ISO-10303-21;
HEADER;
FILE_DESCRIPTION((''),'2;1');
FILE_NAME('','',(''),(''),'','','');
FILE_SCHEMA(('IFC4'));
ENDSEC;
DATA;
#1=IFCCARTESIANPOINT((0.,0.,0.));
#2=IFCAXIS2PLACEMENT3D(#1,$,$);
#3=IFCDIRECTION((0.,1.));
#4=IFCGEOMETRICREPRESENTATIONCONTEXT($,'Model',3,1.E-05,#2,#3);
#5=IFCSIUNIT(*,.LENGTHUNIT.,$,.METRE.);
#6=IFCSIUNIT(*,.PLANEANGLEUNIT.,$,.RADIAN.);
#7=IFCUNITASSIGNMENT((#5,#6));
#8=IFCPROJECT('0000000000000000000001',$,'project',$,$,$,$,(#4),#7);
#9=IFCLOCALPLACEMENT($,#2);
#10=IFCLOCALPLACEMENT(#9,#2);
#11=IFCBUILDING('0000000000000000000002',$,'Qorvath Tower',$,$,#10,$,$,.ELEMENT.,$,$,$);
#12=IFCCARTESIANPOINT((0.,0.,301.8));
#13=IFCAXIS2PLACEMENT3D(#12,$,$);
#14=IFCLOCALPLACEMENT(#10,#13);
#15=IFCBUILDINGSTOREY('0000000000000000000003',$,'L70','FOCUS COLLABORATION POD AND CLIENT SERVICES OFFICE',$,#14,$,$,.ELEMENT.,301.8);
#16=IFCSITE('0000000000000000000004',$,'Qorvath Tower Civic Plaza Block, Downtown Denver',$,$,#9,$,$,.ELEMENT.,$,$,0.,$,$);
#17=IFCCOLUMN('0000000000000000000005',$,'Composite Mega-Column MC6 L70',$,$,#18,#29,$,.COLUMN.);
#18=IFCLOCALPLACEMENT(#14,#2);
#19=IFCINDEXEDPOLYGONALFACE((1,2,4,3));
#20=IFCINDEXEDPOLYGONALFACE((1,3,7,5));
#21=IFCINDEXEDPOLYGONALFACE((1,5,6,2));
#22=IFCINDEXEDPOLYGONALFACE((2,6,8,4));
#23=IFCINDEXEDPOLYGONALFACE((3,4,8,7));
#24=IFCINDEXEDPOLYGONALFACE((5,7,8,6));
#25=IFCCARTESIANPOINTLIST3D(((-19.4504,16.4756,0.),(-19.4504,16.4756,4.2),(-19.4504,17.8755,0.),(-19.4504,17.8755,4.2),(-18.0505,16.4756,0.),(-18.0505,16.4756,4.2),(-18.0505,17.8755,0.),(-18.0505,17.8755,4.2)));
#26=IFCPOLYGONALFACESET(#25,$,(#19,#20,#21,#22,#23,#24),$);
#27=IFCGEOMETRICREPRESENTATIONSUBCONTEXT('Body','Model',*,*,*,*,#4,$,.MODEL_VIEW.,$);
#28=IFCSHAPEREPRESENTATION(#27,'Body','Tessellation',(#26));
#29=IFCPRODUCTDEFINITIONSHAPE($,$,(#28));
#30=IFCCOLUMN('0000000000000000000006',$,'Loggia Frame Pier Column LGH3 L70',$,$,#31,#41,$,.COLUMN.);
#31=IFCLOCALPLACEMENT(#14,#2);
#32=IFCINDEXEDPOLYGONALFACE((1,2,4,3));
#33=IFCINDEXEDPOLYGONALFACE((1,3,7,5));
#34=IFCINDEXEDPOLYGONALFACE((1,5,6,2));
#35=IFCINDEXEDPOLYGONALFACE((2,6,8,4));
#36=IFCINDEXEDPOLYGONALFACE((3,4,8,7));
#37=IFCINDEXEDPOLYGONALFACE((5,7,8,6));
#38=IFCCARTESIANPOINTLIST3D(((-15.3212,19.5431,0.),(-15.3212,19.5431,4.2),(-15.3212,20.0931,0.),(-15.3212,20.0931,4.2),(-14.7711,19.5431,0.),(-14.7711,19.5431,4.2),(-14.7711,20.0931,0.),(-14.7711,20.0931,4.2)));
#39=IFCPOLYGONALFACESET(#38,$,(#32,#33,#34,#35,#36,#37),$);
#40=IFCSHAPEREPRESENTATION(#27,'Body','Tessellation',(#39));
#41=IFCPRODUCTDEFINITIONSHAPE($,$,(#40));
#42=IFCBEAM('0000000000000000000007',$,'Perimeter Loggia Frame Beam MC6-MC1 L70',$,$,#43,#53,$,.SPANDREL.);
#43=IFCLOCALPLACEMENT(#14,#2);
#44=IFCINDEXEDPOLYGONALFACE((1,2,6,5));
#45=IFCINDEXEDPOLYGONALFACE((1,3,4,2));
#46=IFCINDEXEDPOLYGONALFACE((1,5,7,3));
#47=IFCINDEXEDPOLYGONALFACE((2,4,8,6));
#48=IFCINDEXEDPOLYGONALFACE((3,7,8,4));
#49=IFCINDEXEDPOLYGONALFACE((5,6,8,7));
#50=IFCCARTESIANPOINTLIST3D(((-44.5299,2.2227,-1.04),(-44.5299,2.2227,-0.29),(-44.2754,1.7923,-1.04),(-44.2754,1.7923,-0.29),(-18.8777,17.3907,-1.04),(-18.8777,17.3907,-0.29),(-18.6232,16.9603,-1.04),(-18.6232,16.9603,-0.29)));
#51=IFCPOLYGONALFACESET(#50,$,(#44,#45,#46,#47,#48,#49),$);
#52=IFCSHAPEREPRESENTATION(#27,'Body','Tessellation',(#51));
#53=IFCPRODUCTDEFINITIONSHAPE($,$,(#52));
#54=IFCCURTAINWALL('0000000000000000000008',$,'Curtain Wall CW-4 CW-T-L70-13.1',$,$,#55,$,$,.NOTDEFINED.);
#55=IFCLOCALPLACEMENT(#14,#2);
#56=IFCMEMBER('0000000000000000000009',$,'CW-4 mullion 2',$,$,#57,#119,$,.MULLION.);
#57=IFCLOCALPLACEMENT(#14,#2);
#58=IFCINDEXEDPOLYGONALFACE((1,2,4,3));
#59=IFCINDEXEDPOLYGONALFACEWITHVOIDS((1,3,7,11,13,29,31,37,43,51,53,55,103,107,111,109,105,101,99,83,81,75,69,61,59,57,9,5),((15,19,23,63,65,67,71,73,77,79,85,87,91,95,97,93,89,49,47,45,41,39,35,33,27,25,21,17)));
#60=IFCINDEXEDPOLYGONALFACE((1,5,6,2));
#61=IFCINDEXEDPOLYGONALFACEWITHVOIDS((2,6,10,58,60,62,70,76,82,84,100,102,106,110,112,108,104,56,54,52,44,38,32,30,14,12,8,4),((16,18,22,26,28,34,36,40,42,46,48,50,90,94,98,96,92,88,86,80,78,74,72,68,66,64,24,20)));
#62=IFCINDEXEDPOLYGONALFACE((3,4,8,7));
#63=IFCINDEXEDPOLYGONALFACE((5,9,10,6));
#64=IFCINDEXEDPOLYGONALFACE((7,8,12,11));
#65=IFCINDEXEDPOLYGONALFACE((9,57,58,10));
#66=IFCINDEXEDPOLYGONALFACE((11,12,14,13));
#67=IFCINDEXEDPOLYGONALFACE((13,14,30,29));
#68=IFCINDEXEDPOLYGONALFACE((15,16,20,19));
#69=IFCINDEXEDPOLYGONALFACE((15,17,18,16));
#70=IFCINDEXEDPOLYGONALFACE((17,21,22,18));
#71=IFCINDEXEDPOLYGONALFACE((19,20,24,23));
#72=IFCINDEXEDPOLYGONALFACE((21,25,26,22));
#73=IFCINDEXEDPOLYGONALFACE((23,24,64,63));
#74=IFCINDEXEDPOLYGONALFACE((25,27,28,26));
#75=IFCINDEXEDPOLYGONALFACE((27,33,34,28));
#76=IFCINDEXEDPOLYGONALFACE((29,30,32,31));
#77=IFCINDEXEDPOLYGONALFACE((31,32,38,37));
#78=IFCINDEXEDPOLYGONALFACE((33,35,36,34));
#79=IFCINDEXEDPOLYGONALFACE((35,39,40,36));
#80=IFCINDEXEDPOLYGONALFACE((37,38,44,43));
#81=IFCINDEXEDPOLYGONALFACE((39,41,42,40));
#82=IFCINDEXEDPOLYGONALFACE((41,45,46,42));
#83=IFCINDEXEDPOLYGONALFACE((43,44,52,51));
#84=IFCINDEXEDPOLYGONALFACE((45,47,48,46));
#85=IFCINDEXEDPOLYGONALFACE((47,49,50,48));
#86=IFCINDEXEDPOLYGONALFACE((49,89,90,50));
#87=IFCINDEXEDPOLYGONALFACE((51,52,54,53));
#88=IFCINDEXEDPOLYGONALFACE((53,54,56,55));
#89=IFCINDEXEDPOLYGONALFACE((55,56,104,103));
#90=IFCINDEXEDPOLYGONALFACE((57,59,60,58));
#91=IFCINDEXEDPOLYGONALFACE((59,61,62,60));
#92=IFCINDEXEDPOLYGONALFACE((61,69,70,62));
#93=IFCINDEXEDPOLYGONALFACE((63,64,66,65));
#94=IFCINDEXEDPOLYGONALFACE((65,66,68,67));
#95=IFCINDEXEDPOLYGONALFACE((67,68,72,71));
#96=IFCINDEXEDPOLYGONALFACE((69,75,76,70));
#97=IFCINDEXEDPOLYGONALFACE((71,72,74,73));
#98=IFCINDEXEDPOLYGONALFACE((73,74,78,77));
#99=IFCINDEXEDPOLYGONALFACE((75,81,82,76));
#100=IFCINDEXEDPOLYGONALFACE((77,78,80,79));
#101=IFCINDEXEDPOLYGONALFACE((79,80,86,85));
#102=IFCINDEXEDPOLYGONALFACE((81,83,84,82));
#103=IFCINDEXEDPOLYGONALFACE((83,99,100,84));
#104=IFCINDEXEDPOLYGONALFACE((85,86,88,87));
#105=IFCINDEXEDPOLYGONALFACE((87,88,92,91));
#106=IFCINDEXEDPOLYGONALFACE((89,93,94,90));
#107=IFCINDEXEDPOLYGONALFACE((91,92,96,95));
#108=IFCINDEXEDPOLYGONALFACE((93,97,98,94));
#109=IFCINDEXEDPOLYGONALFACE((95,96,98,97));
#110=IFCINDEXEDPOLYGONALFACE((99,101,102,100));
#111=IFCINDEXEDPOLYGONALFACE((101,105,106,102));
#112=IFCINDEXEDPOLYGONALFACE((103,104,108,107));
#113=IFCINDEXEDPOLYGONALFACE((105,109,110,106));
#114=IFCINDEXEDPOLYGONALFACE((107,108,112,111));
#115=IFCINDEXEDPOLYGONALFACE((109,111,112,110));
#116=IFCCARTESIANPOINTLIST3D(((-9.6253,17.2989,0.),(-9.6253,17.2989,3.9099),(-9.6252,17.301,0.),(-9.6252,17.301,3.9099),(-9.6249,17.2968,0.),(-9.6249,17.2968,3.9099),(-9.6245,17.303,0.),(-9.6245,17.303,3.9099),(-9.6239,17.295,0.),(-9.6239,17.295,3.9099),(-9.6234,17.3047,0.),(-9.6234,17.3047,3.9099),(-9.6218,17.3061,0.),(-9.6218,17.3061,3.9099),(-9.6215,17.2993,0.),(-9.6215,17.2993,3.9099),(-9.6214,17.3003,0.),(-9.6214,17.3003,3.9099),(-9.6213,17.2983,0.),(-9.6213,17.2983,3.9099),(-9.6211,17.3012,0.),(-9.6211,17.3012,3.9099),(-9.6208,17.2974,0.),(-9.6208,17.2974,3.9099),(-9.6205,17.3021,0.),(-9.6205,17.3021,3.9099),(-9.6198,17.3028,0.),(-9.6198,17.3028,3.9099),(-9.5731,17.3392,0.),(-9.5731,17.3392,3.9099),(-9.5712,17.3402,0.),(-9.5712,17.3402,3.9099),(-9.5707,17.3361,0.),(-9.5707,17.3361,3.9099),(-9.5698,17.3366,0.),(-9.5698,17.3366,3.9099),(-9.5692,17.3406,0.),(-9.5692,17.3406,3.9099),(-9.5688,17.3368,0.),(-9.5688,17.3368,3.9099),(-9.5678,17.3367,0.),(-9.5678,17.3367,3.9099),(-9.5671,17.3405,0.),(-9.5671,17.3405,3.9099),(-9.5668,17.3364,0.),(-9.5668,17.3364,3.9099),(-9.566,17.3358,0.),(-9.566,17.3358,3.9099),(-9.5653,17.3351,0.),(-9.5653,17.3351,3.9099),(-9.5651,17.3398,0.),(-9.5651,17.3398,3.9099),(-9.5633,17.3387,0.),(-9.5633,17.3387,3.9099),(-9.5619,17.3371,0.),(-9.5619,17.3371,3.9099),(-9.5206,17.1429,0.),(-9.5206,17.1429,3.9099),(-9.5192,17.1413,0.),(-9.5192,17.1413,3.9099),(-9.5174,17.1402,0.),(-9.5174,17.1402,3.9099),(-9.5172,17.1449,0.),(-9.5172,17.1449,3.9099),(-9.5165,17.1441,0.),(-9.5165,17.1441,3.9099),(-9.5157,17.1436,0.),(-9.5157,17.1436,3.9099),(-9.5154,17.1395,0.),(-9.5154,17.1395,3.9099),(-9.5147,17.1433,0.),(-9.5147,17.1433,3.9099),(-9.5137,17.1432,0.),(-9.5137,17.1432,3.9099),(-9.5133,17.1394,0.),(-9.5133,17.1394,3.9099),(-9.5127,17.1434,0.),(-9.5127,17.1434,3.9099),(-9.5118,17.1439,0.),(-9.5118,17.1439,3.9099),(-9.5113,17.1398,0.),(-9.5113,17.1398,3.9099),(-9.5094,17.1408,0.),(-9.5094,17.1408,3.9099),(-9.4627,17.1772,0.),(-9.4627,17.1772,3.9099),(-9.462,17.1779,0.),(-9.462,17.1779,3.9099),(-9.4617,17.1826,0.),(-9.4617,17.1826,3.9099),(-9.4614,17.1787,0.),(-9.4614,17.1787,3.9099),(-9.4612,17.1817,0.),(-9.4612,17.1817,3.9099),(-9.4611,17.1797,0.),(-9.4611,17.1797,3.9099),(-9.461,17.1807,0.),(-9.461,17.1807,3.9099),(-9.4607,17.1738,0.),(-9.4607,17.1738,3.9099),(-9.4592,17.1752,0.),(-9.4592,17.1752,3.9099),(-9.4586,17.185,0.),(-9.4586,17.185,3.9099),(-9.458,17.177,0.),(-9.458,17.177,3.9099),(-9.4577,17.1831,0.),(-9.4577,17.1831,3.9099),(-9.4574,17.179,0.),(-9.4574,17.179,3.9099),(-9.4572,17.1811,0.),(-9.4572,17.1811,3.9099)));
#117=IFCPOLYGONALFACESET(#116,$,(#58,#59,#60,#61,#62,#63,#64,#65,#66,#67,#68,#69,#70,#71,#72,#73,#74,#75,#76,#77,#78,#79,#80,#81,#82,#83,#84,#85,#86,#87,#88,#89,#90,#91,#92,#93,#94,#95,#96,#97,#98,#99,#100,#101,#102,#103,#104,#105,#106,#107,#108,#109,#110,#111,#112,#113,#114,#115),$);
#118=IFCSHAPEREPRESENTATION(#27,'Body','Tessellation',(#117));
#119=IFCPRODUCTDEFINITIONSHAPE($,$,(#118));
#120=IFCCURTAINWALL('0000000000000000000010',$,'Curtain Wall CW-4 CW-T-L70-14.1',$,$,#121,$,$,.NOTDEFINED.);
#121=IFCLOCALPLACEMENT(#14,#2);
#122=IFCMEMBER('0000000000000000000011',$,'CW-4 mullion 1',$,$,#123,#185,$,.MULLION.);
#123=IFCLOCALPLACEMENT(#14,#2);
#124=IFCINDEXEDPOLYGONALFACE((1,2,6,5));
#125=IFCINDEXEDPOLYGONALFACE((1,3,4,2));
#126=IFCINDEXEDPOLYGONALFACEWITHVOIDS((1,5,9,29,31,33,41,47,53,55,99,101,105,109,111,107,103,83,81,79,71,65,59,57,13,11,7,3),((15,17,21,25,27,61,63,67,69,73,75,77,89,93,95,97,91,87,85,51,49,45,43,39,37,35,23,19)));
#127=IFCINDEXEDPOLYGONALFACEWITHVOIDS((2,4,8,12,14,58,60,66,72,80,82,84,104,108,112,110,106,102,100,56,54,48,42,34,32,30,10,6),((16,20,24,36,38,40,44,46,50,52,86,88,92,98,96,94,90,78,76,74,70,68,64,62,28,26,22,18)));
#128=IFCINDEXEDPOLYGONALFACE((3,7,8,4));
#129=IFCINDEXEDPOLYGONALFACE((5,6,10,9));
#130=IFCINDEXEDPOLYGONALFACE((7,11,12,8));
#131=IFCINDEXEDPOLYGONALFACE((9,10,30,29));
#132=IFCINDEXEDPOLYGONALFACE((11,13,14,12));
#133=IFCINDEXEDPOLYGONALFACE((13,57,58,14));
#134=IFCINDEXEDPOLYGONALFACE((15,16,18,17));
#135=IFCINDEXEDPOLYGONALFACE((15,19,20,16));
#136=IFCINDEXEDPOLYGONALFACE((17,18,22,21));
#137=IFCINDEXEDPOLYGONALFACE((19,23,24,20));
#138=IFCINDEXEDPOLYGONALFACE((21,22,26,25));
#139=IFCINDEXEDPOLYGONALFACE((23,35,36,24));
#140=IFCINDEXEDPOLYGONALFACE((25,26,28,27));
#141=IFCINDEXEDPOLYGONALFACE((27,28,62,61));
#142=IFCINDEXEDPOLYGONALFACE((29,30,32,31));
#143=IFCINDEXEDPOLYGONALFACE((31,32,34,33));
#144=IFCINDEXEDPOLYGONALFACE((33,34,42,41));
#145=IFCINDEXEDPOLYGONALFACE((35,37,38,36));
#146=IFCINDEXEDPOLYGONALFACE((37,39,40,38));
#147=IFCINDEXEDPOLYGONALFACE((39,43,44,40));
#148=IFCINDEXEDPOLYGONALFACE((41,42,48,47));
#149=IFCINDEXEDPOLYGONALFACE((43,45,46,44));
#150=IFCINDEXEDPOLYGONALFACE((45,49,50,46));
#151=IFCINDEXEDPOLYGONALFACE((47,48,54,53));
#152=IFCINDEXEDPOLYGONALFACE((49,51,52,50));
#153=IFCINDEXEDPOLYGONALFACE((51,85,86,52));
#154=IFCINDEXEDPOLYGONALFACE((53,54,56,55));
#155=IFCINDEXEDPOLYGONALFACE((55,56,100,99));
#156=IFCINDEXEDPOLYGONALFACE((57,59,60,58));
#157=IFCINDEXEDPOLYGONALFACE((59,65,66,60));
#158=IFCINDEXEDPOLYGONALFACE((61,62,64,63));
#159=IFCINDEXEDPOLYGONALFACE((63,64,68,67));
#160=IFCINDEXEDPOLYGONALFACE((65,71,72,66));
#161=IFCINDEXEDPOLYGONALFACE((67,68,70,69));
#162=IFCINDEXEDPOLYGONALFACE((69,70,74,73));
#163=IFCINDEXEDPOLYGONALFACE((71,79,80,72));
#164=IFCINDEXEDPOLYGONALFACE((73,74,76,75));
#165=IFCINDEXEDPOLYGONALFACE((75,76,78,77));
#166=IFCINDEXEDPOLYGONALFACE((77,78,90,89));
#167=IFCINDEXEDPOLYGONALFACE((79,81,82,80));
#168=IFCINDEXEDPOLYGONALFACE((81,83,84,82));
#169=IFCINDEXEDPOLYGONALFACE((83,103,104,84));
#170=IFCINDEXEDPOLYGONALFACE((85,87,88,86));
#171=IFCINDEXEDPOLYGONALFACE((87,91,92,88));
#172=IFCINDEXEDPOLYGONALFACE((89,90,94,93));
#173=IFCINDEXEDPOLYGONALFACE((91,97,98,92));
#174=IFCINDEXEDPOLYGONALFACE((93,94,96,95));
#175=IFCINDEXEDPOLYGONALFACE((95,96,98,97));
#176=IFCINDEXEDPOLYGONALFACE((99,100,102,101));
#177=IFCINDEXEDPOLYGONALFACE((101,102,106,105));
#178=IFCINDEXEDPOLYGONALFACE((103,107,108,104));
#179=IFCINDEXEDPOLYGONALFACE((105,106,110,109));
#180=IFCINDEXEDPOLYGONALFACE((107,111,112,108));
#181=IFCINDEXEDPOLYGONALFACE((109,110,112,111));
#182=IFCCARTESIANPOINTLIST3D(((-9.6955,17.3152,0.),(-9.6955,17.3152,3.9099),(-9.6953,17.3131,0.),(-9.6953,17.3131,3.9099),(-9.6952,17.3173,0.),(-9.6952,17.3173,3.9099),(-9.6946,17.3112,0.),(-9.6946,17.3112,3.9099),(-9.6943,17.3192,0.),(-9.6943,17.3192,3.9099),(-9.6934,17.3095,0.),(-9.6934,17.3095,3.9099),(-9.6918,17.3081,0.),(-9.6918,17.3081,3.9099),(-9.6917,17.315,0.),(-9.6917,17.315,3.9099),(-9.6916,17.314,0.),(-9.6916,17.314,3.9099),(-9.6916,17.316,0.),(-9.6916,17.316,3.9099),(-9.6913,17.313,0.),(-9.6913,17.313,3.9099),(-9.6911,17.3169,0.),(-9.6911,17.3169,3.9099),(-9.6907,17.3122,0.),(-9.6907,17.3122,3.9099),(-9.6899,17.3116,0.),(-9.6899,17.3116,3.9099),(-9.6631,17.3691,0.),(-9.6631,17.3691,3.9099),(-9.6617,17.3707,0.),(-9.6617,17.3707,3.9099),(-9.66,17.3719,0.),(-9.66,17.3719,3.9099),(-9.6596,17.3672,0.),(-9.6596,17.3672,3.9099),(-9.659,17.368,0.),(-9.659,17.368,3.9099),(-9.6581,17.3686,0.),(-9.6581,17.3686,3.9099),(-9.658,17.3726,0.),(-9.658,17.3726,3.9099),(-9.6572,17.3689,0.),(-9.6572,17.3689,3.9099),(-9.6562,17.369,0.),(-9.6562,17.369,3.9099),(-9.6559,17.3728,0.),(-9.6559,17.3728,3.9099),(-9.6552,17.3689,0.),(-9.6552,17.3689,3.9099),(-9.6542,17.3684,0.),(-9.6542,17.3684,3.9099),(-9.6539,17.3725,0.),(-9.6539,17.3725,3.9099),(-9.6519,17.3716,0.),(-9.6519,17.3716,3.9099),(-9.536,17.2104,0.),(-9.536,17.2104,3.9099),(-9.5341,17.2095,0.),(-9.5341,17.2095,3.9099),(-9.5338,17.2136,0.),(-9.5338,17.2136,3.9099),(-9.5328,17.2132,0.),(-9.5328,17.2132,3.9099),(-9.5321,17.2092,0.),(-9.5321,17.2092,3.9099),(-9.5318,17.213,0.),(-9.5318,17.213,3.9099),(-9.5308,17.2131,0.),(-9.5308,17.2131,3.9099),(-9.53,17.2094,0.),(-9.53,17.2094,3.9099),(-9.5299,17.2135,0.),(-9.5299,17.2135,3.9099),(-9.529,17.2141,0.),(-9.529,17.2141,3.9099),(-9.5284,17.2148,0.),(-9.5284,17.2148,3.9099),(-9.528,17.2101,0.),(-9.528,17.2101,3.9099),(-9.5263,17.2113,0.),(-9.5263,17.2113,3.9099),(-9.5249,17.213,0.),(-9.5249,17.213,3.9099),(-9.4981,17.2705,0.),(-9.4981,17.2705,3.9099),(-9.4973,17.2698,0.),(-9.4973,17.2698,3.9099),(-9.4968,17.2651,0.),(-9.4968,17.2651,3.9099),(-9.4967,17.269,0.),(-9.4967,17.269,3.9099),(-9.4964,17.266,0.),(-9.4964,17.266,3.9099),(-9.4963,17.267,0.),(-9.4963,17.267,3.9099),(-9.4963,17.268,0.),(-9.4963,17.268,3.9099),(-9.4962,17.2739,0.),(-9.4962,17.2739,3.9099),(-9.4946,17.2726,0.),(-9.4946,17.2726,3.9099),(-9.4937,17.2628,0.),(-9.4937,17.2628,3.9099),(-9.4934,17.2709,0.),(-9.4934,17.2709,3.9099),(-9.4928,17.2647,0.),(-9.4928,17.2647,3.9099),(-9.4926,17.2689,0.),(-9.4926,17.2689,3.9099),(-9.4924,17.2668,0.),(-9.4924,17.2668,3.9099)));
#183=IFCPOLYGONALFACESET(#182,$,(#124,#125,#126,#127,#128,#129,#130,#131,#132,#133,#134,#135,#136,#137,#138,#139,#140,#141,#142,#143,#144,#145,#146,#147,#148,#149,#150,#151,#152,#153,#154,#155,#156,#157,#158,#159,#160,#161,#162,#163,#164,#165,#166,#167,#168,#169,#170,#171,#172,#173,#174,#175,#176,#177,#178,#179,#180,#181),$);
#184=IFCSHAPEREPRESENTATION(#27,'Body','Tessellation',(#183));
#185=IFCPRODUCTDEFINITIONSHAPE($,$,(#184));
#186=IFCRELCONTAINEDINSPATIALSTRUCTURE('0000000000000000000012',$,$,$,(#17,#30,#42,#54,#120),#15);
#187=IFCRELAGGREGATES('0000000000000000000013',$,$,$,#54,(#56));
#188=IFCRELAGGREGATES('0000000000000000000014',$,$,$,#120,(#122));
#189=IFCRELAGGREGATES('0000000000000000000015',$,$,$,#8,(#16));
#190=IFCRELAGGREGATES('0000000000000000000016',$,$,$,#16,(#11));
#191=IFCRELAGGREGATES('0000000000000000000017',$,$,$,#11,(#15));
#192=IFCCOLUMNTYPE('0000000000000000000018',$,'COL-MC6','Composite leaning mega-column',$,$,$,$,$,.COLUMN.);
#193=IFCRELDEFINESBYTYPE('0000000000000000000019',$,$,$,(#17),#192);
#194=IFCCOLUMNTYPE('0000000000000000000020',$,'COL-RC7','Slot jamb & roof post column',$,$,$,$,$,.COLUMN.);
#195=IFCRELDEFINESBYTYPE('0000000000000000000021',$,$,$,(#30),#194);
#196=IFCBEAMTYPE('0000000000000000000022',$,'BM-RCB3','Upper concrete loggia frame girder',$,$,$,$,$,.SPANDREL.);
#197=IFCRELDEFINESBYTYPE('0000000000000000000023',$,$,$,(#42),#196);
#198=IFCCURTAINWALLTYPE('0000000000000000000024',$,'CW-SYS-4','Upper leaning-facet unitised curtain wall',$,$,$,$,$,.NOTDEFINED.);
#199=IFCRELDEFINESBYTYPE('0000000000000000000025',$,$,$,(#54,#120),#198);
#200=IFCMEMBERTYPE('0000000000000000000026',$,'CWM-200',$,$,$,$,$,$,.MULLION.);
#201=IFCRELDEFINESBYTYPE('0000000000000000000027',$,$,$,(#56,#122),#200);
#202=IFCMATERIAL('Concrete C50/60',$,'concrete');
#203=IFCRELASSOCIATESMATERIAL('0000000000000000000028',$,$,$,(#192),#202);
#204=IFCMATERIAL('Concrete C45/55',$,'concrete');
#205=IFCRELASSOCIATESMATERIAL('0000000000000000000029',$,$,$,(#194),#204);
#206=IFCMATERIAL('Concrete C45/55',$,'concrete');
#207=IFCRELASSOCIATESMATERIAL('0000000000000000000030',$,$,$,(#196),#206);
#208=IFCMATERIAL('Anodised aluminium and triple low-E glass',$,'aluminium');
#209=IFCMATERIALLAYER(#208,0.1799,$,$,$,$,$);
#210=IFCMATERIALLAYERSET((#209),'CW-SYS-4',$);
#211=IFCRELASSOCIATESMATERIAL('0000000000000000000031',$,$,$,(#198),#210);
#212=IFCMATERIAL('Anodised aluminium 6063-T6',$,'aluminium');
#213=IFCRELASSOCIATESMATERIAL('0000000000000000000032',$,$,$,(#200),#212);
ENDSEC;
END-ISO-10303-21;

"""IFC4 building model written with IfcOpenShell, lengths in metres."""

from ifc_helpers import new_model, si_unit, direction, frame, origin, origin_2d, place, context, subcontext, project, spatial, rectangle, hollow_rectangle, extrude, material, layer, layer_set, material_profile, profile_set, type_object, element, aggregate, save


model = new_model("IFC4")

# Units and contexts
model_context = context("Model", 3, precision=1e-05, world=origin(), true_north=direction((0.0, 1.0)))
body_context = subcontext(model_context, "Body", "Model", "MODEL_VIEW")
ifc_project = project(units=[si_unit("LENGTHUNIT", "METRE"), si_unit("PLANEANGLEUNIT", "RADIAN")], contexts=[model_context])

# Site, building, storey
site_placement = place(None, origin())
site = spatial("IfcSite", under=ifc_project, at=site_placement, Name="Qorvath Tower Civic Plaza Block, Downtown Denver", CompositionType="ELEMENT", RefElevation=0.0)
building_placement = place(site_placement, origin())
building = spatial("IfcBuilding", under=site, at=building_placement, Name="Qorvath Tower", CompositionType="ELEMENT")
storey_placement = place(building_placement, frame((0.0, 0.0, 301.8)))
storey = spatial("IfcBuildingStorey", under=building, at=storey_placement, Name="L70", Description="FOCUS COLLABORATION POD AND CLIENT SERVICES OFFICE", CompositionType="ELEMENT", Elevation=301.8)

# Columns
ifc_material_1 = material(Name="Concrete C50/60", Category="concrete")
ifc_material_profile_1 = material_profile(ifc_material_1, rectangle(XDim=1.3999, YDim=1.3999, at=origin_2d()), Name="MC 1400x1400")
ifc_profile_set_1 = profile_set([ifc_material_profile_1], Name="Concrete C50/60")
column_type_1 = type_object("IfcColumnType", Name="COL-MC6", Description="Composite leaning mega-column", PredefinedType="COLUMN", material=ifc_profile_set_1)
column_1_placement = place(storey_placement, frame((-18.7505, 17.1755, 0.0), z_axis=(0.0, 0.0, 1.0), x_axis=(1.0, 0.0, 0.0)))
element("IfcColumn", 1, at=column_1_placement, inside=storey, type_object=column_type_1, Name="Composite Mega-Column MC6 L70", PredefinedType="COLUMN", context=body_context, shape_type="SweptSolid", body=[
    extrude(rectangle(XDim=1.3999, YDim=1.3999, at=origin_2d()), origin(), (0.0, 0.0, 1.0), 4.2),
])
ifc_material_2 = material(Name="Concrete C45/55", Category="concrete")
ifc_material_profile_2 = material_profile(ifc_material_2, rectangle(XDim=0.55, YDim=0.55, at=origin_2d()), Name="RC 550x550")
ifc_profile_set_2 = profile_set([ifc_material_profile_2], Name="Concrete C45/55")
column_type_2 = type_object("IfcColumnType", Name="COL-RC7", Description="Slot jamb & roof post column", PredefinedType="COLUMN", material=ifc_profile_set_2)
column_2_placement = place(storey_placement, frame((-15.0461, 19.8181, 0.0), z_axis=(0.0, 0.0, 1.0), x_axis=(1.0, 0.0, 0.0)))
element("IfcColumn", 2, at=column_2_placement, inside=storey, type_object=column_type_2, Name="Loggia Frame Pier Column LGH3 L70", PredefinedType="COLUMN", context=body_context, shape_type="SweptSolid", body=[
    extrude(rectangle(XDim=0.55, YDim=0.55, at=origin_2d()), origin(), (0.0, 0.0, 1.0), 4.2),
])

# Beam
ifc_material_3 = material(Name="Concrete C45/55", Category="concrete")
ifc_material_profile_3 = material_profile(ifc_material_3, rectangle(XDim=0.5, YDim=0.75, at=origin_2d()), Name="RCB 750x500")
ifc_profile_set_3 = profile_set([ifc_material_profile_3], Name="Concrete C45/55")
beam_type = type_object("IfcBeamType", Name="BM-RCB3", Description="Upper concrete loggia frame girder", PredefinedType="SPANDREL", material=ifc_profile_set_3)
beam_placement = place(storey_placement, frame((-18.7505, 17.1755, -0.665), z_axis=(-0.860781, -0.508976, 0.0), x_axis=(0.508976, -0.860781, 0.0)))
element("IfcBeam", 3, at=beam_placement, inside=storey, type_object=beam_type, Name="Perimeter Loggia Frame Beam MC6-MC1 L70", PredefinedType="SPANDREL", context=body_context, shape_type="SweptSolid", body=[
    extrude(rectangle(XDim=0.5, YDim=0.75, at=origin_2d()), origin(), (0.0, 0.0, 1.0), 29.801),
])

# Curtain wall, member
ifc_material_4 = material(Name="Anodised aluminium and triple low-E glass", Category="aluminium")
ifc_layer_1 = layer(ifc_material_4, 0.1799)
ifc_layer_set_1 = layer_set([ifc_layer_1], Name="CW-SYS-4")
curtain_wall_type = type_object("IfcCurtainWallType", Name="CW-SYS-4", Description="Upper leaning-facet unitised curtain wall", PredefinedType="NOTDEFINED", material=ifc_layer_set_1)
curtain_wall_1_placement = place(storey_placement, origin())
curtain_wall_1 = element("IfcCurtainWall", 4, at=curtain_wall_1_placement, inside=storey, type_object=curtain_wall_type, Name="Curtain Wall CW-4 CW-T-L70-13.1", PredefinedType="NOTDEFINED")
ifc_material_5 = material(Name="Anodised aluminium 6063-T6", Category="aluminium")
ifc_material_profile_4 = material_profile(ifc_material_5, hollow_rectangle(XDim=0.075, YDim=0.2, WallThickness=0.0039, InnerFilletRadius=0.0039, OuterFilletRadius=0.0081, at=origin_2d()), Name="CWM 200x75")
ifc_profile_set_4 = profile_set([ifc_material_profile_4], Name="Anodised aluminium 6063-T6")
member_type_1 = type_object("IfcMemberType", Name="CWM-200", PredefinedType="MULLION", material=ifc_profile_set_4)
member_1_placement = place(storey_placement, frame((-9.5413, 17.24, 0.0), z_axis=(0.0, 0.0, 1.0), x_axis=(-0.827119, -0.562026, 0.0)))
member_1 = element("IfcMember", 5, at=member_1_placement, type_object=member_type_1, Name="CW-4 mullion 2", PredefinedType="MULLION", context=body_context, shape_type="SweptSolid", body=[
    extrude(hollow_rectangle(XDim=0.075, YDim=0.2, WallThickness=0.0039, InnerFilletRadius=0.0039, OuterFilletRadius=0.0081, at=origin_2d()), origin(), (0.0, 0.0, 1.0), 3.9099),
])

# Curtain wall, member
curtain_wall_2_placement = place(storey_placement, origin())
curtain_wall_2 = element("IfcCurtainWall", 6, at=curtain_wall_2_placement, inside=storey, type_object=curtain_wall_type, Name="Curtain Wall CW-4 CW-T-L70-14.1", PredefinedType="NOTDEFINED")
member_2_placement = place(storey_placement, frame((-9.594, 17.291, 0.0), z_axis=(0.0, 0.0, 1.0), x_axis=(-0.531382, -0.847133, 0.0)))
member_2 = element("IfcMember", 7, at=member_2_placement, type_object=member_type_1, Name="CW-4 mullion 1", PredefinedType="MULLION", context=body_context, shape_type="SweptSolid", body=[
    extrude(hollow_rectangle(XDim=0.075, YDim=0.2, WallThickness=0.0039, InnerFilletRadius=0.0039, OuterFilletRadius=0.0081, at=origin_2d()), origin(), (0.0, 0.0, 1.0), 3.9099),
])

aggregate(curtain_wall_1, [member_1])
aggregate(curtain_wall_2, [member_2])

save(model, "model.ifc")
